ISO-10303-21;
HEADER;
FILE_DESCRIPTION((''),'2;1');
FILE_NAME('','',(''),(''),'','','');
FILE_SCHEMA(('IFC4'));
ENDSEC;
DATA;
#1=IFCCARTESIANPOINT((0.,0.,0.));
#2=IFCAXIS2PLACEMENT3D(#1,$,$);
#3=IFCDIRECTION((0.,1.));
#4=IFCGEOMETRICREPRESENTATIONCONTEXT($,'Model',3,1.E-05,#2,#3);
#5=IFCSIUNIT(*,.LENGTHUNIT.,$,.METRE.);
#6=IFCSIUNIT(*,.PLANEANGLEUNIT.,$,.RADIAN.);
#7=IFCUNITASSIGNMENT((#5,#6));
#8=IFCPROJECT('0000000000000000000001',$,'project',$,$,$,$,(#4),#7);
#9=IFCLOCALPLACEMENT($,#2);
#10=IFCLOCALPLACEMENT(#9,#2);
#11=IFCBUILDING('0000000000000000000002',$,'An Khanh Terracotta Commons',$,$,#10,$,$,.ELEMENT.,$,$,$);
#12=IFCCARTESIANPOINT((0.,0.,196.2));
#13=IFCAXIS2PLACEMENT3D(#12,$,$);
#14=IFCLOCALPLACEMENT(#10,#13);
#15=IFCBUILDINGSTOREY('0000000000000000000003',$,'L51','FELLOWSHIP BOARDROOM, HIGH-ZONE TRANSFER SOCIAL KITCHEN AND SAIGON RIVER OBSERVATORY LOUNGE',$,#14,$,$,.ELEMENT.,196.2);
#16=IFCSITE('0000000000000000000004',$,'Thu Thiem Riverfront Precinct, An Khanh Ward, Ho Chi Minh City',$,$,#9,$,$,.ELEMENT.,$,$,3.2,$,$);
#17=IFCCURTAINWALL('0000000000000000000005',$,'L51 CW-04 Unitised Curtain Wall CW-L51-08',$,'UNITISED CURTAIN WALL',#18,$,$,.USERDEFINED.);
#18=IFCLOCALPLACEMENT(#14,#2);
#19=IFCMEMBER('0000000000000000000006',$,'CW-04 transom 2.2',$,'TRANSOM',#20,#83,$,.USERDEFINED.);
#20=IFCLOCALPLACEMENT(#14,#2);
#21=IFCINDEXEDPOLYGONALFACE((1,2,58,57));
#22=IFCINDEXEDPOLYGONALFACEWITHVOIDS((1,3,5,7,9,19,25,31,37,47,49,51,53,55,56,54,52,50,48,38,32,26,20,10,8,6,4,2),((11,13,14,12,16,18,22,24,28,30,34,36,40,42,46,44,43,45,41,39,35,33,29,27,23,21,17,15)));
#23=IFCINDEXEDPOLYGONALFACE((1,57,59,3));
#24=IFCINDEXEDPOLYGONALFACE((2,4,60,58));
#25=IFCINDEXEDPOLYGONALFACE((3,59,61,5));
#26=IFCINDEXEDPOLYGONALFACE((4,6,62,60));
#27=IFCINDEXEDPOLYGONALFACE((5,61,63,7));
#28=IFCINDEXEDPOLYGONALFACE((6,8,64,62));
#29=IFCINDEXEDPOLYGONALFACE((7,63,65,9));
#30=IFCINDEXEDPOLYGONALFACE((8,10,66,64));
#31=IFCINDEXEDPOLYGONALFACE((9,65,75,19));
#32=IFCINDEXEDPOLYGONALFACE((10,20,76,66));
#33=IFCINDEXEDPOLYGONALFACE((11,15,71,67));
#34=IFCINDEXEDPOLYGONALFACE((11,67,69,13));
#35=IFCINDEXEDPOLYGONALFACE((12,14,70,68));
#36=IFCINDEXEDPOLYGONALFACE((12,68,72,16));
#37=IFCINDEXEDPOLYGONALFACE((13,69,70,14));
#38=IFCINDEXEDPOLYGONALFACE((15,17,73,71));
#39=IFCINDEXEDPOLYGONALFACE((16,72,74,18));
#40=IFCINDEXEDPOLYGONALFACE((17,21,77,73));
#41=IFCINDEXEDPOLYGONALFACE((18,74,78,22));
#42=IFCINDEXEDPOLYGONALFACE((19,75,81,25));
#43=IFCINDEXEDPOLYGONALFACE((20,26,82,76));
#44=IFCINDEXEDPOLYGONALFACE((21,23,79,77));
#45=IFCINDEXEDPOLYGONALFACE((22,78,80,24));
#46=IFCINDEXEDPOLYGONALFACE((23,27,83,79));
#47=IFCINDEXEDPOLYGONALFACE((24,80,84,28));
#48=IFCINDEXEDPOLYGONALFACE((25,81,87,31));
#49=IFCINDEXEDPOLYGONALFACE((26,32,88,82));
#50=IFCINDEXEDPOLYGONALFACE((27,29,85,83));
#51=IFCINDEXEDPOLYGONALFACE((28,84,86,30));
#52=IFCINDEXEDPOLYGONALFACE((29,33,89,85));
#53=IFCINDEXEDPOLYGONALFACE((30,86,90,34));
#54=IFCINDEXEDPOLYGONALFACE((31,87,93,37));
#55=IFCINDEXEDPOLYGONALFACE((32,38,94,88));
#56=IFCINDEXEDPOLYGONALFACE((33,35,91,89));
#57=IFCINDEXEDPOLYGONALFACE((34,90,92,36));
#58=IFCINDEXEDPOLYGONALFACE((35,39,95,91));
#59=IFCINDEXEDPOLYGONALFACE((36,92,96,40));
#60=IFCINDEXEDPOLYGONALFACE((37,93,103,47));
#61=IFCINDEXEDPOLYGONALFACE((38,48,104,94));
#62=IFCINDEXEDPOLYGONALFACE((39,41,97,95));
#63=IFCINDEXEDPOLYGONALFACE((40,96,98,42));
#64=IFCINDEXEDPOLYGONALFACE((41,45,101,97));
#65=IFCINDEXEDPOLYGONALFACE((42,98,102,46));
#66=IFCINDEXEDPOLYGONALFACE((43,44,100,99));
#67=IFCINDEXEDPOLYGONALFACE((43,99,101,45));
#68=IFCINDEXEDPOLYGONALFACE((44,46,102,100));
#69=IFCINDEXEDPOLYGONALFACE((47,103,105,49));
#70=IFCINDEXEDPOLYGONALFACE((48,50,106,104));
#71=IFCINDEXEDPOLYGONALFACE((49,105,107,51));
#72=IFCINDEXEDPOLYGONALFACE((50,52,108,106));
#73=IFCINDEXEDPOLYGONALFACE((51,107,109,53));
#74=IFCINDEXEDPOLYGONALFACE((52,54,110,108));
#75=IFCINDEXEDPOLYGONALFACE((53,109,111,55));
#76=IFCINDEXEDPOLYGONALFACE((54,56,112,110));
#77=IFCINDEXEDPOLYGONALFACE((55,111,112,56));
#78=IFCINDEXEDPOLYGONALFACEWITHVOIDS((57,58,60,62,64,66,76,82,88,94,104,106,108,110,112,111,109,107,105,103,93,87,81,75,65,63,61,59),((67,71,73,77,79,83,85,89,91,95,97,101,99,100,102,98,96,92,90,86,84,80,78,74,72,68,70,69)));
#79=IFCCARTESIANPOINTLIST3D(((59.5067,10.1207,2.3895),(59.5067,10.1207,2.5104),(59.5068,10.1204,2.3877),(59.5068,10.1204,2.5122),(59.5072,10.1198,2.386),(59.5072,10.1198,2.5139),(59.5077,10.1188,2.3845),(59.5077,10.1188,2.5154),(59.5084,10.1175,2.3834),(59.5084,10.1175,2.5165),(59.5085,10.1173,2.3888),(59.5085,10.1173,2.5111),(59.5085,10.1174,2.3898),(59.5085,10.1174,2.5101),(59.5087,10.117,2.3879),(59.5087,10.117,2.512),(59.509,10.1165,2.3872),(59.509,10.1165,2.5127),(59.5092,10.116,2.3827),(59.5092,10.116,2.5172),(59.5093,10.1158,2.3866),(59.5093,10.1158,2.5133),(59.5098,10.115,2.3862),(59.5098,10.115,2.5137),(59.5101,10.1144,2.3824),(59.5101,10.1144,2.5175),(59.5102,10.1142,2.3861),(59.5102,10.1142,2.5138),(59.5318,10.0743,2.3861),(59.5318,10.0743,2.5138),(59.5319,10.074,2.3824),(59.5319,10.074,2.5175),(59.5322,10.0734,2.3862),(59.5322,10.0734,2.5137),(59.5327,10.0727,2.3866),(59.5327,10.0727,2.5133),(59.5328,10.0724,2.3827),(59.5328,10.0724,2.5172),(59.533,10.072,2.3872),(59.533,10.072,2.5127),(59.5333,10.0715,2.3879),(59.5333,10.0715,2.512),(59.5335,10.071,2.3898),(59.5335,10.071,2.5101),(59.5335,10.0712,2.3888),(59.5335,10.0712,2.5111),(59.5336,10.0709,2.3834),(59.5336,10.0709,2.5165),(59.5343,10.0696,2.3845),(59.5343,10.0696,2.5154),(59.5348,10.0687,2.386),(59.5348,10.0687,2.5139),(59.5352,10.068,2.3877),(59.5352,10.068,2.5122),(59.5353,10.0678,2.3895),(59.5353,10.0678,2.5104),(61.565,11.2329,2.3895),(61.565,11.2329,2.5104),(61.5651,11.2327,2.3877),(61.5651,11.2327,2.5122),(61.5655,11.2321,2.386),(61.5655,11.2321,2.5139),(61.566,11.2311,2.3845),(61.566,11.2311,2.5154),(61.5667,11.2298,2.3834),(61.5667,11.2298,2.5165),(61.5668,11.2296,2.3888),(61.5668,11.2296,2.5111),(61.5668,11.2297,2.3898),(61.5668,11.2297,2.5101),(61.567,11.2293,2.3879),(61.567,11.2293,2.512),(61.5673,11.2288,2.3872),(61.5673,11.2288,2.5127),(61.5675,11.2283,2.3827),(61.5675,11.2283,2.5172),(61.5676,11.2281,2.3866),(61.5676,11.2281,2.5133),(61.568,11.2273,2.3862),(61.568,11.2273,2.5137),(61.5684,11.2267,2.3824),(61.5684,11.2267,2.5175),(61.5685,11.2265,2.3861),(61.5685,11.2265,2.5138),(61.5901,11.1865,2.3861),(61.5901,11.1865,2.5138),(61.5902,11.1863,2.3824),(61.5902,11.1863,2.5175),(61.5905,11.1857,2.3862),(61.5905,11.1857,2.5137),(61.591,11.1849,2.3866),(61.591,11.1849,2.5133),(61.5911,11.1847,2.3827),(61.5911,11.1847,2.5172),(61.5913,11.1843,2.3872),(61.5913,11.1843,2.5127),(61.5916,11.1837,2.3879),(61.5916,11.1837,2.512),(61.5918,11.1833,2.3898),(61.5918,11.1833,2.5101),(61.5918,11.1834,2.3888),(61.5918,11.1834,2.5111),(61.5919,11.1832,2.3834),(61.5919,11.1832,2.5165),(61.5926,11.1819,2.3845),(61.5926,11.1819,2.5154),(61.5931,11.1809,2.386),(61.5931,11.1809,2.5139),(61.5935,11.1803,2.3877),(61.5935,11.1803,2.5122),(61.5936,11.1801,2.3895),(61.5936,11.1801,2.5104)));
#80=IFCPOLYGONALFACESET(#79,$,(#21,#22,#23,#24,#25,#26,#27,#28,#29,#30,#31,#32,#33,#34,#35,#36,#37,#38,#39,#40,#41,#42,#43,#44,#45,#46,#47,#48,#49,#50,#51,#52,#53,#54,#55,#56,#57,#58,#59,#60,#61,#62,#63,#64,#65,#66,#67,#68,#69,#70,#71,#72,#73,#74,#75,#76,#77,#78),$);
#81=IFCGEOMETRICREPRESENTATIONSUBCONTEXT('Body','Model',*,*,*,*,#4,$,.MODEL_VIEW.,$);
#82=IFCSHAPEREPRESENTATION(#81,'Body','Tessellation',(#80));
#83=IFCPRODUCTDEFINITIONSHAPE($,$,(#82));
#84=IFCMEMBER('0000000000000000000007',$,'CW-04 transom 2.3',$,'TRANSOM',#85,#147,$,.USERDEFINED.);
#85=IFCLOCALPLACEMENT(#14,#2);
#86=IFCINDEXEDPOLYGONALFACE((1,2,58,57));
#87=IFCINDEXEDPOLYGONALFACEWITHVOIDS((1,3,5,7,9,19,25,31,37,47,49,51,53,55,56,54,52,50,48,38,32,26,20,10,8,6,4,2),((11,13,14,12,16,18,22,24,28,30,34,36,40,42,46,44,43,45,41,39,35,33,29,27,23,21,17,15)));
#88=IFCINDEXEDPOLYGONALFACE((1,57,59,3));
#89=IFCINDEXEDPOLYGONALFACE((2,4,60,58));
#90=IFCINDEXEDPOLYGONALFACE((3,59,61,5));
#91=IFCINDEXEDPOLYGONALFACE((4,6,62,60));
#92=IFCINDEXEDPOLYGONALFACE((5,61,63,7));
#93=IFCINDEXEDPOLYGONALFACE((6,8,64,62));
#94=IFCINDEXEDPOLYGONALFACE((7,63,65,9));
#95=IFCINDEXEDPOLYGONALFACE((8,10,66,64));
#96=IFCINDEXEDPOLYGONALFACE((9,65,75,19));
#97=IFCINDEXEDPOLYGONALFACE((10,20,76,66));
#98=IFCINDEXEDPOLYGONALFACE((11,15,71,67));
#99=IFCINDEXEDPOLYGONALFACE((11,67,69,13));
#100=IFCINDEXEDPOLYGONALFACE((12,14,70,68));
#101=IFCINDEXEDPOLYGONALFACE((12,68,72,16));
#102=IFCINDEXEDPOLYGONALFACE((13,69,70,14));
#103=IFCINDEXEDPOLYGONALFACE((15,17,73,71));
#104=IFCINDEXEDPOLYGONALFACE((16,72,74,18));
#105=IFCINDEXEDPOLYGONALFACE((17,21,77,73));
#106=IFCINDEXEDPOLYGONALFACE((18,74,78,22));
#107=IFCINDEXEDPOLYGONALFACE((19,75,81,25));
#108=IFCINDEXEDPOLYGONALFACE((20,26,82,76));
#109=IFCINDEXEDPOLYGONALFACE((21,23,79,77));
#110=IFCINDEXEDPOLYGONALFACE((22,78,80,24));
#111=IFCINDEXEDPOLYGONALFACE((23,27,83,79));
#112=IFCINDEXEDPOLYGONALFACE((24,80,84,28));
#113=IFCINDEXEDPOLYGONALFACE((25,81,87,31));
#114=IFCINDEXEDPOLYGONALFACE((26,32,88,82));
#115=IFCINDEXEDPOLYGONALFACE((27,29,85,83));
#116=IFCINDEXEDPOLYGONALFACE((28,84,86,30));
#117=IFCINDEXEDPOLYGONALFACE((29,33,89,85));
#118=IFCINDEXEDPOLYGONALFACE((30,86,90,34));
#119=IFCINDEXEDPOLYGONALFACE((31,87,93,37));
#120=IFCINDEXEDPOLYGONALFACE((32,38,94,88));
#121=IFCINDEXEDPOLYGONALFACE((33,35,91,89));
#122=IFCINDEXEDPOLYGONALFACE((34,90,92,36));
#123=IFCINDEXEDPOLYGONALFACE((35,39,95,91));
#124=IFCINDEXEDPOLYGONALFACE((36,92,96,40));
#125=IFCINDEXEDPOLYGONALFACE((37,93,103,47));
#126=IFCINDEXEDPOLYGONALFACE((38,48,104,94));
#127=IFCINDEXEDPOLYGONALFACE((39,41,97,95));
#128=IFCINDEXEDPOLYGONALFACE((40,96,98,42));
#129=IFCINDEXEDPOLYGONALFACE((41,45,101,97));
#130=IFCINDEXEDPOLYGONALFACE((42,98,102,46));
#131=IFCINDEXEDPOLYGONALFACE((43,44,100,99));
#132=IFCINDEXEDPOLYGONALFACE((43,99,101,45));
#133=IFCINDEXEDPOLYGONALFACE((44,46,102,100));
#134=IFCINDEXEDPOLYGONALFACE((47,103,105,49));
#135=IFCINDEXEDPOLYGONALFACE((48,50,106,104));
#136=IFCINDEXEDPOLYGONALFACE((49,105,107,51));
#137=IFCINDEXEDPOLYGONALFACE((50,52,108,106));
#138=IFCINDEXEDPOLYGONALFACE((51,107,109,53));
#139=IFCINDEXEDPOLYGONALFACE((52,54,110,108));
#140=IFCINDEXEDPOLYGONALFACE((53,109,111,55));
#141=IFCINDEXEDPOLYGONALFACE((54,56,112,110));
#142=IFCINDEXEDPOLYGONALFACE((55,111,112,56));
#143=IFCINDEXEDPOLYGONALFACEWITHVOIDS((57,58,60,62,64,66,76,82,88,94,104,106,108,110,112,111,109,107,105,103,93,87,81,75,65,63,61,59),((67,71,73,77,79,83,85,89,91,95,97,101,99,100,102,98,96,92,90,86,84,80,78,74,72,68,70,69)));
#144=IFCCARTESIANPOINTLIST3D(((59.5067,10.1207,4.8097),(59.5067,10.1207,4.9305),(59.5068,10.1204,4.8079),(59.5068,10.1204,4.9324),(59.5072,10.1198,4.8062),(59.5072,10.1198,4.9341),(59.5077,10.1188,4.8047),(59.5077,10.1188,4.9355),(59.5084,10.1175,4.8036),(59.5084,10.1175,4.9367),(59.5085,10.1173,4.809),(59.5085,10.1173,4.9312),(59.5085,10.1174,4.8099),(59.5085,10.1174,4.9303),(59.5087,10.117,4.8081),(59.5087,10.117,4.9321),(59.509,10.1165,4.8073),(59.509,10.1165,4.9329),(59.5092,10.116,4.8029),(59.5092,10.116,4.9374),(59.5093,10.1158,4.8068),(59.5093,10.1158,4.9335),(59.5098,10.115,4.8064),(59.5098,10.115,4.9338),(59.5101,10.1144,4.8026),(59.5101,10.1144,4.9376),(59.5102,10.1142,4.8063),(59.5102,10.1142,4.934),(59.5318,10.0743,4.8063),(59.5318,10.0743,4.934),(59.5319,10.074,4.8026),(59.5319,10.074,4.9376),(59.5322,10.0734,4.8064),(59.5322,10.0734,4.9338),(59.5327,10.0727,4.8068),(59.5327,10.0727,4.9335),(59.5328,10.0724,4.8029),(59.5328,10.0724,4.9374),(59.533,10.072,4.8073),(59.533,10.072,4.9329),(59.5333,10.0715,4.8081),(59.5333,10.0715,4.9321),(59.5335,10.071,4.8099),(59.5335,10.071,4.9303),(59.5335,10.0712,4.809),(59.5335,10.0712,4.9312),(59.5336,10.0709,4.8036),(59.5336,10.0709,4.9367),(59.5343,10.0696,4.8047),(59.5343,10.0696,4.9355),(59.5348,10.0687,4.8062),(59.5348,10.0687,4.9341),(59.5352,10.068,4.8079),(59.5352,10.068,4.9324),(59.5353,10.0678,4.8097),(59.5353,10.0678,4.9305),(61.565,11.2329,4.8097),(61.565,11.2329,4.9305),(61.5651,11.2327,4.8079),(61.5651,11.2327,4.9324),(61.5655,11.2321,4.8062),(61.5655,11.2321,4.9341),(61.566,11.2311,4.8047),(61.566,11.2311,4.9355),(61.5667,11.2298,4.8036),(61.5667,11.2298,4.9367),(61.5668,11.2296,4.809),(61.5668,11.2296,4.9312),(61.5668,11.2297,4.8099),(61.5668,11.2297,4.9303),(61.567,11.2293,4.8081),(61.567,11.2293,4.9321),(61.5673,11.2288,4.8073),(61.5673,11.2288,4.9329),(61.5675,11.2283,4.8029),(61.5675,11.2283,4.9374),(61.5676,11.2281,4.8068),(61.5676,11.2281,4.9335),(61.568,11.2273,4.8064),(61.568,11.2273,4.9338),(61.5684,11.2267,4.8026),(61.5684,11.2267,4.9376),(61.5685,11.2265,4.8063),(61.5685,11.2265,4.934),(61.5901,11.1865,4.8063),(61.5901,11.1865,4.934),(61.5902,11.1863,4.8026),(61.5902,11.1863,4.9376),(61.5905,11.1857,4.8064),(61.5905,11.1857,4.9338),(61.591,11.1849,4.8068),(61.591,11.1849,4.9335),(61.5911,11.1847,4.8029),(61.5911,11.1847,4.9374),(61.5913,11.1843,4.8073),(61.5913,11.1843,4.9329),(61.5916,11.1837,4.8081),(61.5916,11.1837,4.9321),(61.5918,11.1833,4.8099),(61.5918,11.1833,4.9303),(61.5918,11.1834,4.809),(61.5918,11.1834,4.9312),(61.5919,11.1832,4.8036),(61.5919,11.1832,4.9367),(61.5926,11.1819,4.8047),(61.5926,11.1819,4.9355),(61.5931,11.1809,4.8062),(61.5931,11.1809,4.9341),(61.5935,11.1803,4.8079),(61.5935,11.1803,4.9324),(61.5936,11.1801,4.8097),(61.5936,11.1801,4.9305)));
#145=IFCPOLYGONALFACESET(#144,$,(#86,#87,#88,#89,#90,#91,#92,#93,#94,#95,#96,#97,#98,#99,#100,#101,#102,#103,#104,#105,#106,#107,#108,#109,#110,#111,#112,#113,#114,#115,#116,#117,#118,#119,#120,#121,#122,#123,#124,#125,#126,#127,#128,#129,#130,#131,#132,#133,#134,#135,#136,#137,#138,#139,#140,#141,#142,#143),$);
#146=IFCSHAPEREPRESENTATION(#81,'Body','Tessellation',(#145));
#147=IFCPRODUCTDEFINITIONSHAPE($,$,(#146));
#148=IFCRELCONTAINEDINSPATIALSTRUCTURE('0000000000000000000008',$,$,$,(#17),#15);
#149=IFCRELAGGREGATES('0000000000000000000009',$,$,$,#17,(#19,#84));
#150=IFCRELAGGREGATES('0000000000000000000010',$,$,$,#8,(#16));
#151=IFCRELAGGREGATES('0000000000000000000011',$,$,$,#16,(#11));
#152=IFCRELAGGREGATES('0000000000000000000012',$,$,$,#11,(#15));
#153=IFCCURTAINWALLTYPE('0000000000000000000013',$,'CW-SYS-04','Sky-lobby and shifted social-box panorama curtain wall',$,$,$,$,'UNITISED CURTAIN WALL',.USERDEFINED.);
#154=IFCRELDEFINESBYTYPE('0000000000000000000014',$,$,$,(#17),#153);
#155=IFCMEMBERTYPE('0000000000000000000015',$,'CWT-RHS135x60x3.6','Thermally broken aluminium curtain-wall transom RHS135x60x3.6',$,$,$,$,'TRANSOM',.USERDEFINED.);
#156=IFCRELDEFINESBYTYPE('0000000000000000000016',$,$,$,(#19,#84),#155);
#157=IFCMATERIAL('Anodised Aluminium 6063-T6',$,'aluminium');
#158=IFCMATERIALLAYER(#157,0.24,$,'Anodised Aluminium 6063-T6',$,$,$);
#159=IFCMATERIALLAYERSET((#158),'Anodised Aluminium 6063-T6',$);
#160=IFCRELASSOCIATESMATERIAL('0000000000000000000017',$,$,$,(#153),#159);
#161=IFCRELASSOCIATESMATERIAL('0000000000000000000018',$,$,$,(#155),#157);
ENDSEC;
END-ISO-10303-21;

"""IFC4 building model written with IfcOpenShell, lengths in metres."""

from ifc_helpers import new_model, si_unit, direction, frame, origin, origin_2d, place, context, subcontext, project, spatial, hollow_rectangle, extrude, material, layer, layer_set, material_profile, profile_set, type_object, element, aggregate, save


model = new_model("IFC4")

# Units and contexts
model_context = context("Model", 3, precision=1e-05, world=origin(), true_north=direction((0.0, 1.0)))
body_context = subcontext(model_context, "Body", "Model", "MODEL_VIEW")
ifc_project = project(units=[si_unit("LENGTHUNIT", "METRE"), si_unit("PLANEANGLEUNIT", "RADIAN")], contexts=[model_context])

# Site, building, storey
site_placement = place(None, origin())
site = spatial("IfcSite", under=ifc_project, at=site_placement, Name="Thu Thiem Riverfront Precinct, An Khanh Ward, Ho Chi Minh City", CompositionType="ELEMENT", RefElevation=3.2)
building_placement = place(site_placement, origin())
building = spatial("IfcBuilding", under=site, at=building_placement, Name="An Khanh Terracotta Commons", CompositionType="ELEMENT")
storey_placement = place(building_placement, frame((0.0, 0.0, 196.2)))
storey = spatial("IfcBuildingStorey", under=building, at=storey_placement, Name="L51", Description="FELLOWSHIP BOARDROOM, HIGH-ZONE TRANSFER SOCIAL KITCHEN AND SAIGON RIVER OBSERVATORY LOUNGE", CompositionType="ELEMENT", Elevation=196.2)

# Curtain wall, members
ifc_material_1 = material(Name="Anodised Aluminium 6063-T6", Category="aluminium")
ifc_layer_1 = layer(ifc_material_1, 0.24, Name="Anodised Aluminium 6063-T6")
ifc_layer_set_1 = layer_set([ifc_layer_1], Name="Anodised Aluminium 6063-T6")
curtain_wall_type = type_object("IfcCurtainWallType", Name="CW-SYS-04", Description="Sky-lobby and shifted social-box panorama curtain wall", ElementType="UNITISED CURTAIN WALL", PredefinedType="USERDEFINED", material=ifc_layer_set_1)
curtain_wall_placement = place(storey_placement, origin())
curtain_wall = element("IfcCurtainWall", 1, at=curtain_wall_placement, inside=storey, type_object=curtain_wall_type, Name="L51 CW-04 Unitised Curtain Wall CW-L51-08", ObjectType="UNITISED CURTAIN WALL", PredefinedType="USERDEFINED")
ifc_material_profile_1 = material_profile(ifc_material_1, hollow_rectangle(XDim=0.0601, YDim=0.135, WallThickness=0.0037, InnerFilletRadius=0.0037, OuterFilletRadius=0.0071, at=origin_2d()), Name="RHS135x60x3.6")
ifc_profile_set_1 = profile_set([ifc_material_profile_1], Name="Anodised Aluminium 6063-T6")
member_type_1 = type_object("IfcMemberType", Name="CWT-RHS135x60x3.6", Description="Thermally broken aluminium curtain-wall transom RHS135x60x3.6", ElementType="TRANSOM", PredefinedType="USERDEFINED", material=ifc_profile_set_1)
member_1_placement = place(storey_placement, frame((59.521, 10.0942, 2.45), z_axis=(0.879763, 0.475412, 0.0), x_axis=(-0.475412, 0.879763, 0.0)))
member_1 = element("IfcMember", 2, at=member_1_placement, type_object=member_type_1, Name="CW-04 transom 2.2", ObjectType="TRANSOM", PredefinedType="USERDEFINED", context=body_context, shape_type="SweptSolid", body=[
    extrude(hollow_rectangle(XDim=0.0601, YDim=0.135, WallThickness=0.0037, InnerFilletRadius=0.0037, OuterFilletRadius=0.0071, at=origin_2d()), origin(), (0.0, 0.0, 1.0), 2.3396),
])
member_2_placement = place(storey_placement, frame((59.521, 10.0942, 4.8701), z_axis=(0.879763, 0.475412, 0.0), x_axis=(-0.475412, 0.879763, 0.0)))
member_2 = element("IfcMember", 3, at=member_2_placement, type_object=member_type_1, Name="CW-04 transom 2.3", ObjectType="TRANSOM", PredefinedType="USERDEFINED", context=body_context, shape_type="SweptSolid", body=[
    extrude(hollow_rectangle(XDim=0.0601, YDim=0.135, WallThickness=0.0037, InnerFilletRadius=0.0037, OuterFilletRadius=0.0071, at=origin_2d()), origin(), (0.0, 0.0, 1.0), 2.3396),
])
aggregate(curtain_wall, [member_1, member_2])

save(model, "model.ifc")
